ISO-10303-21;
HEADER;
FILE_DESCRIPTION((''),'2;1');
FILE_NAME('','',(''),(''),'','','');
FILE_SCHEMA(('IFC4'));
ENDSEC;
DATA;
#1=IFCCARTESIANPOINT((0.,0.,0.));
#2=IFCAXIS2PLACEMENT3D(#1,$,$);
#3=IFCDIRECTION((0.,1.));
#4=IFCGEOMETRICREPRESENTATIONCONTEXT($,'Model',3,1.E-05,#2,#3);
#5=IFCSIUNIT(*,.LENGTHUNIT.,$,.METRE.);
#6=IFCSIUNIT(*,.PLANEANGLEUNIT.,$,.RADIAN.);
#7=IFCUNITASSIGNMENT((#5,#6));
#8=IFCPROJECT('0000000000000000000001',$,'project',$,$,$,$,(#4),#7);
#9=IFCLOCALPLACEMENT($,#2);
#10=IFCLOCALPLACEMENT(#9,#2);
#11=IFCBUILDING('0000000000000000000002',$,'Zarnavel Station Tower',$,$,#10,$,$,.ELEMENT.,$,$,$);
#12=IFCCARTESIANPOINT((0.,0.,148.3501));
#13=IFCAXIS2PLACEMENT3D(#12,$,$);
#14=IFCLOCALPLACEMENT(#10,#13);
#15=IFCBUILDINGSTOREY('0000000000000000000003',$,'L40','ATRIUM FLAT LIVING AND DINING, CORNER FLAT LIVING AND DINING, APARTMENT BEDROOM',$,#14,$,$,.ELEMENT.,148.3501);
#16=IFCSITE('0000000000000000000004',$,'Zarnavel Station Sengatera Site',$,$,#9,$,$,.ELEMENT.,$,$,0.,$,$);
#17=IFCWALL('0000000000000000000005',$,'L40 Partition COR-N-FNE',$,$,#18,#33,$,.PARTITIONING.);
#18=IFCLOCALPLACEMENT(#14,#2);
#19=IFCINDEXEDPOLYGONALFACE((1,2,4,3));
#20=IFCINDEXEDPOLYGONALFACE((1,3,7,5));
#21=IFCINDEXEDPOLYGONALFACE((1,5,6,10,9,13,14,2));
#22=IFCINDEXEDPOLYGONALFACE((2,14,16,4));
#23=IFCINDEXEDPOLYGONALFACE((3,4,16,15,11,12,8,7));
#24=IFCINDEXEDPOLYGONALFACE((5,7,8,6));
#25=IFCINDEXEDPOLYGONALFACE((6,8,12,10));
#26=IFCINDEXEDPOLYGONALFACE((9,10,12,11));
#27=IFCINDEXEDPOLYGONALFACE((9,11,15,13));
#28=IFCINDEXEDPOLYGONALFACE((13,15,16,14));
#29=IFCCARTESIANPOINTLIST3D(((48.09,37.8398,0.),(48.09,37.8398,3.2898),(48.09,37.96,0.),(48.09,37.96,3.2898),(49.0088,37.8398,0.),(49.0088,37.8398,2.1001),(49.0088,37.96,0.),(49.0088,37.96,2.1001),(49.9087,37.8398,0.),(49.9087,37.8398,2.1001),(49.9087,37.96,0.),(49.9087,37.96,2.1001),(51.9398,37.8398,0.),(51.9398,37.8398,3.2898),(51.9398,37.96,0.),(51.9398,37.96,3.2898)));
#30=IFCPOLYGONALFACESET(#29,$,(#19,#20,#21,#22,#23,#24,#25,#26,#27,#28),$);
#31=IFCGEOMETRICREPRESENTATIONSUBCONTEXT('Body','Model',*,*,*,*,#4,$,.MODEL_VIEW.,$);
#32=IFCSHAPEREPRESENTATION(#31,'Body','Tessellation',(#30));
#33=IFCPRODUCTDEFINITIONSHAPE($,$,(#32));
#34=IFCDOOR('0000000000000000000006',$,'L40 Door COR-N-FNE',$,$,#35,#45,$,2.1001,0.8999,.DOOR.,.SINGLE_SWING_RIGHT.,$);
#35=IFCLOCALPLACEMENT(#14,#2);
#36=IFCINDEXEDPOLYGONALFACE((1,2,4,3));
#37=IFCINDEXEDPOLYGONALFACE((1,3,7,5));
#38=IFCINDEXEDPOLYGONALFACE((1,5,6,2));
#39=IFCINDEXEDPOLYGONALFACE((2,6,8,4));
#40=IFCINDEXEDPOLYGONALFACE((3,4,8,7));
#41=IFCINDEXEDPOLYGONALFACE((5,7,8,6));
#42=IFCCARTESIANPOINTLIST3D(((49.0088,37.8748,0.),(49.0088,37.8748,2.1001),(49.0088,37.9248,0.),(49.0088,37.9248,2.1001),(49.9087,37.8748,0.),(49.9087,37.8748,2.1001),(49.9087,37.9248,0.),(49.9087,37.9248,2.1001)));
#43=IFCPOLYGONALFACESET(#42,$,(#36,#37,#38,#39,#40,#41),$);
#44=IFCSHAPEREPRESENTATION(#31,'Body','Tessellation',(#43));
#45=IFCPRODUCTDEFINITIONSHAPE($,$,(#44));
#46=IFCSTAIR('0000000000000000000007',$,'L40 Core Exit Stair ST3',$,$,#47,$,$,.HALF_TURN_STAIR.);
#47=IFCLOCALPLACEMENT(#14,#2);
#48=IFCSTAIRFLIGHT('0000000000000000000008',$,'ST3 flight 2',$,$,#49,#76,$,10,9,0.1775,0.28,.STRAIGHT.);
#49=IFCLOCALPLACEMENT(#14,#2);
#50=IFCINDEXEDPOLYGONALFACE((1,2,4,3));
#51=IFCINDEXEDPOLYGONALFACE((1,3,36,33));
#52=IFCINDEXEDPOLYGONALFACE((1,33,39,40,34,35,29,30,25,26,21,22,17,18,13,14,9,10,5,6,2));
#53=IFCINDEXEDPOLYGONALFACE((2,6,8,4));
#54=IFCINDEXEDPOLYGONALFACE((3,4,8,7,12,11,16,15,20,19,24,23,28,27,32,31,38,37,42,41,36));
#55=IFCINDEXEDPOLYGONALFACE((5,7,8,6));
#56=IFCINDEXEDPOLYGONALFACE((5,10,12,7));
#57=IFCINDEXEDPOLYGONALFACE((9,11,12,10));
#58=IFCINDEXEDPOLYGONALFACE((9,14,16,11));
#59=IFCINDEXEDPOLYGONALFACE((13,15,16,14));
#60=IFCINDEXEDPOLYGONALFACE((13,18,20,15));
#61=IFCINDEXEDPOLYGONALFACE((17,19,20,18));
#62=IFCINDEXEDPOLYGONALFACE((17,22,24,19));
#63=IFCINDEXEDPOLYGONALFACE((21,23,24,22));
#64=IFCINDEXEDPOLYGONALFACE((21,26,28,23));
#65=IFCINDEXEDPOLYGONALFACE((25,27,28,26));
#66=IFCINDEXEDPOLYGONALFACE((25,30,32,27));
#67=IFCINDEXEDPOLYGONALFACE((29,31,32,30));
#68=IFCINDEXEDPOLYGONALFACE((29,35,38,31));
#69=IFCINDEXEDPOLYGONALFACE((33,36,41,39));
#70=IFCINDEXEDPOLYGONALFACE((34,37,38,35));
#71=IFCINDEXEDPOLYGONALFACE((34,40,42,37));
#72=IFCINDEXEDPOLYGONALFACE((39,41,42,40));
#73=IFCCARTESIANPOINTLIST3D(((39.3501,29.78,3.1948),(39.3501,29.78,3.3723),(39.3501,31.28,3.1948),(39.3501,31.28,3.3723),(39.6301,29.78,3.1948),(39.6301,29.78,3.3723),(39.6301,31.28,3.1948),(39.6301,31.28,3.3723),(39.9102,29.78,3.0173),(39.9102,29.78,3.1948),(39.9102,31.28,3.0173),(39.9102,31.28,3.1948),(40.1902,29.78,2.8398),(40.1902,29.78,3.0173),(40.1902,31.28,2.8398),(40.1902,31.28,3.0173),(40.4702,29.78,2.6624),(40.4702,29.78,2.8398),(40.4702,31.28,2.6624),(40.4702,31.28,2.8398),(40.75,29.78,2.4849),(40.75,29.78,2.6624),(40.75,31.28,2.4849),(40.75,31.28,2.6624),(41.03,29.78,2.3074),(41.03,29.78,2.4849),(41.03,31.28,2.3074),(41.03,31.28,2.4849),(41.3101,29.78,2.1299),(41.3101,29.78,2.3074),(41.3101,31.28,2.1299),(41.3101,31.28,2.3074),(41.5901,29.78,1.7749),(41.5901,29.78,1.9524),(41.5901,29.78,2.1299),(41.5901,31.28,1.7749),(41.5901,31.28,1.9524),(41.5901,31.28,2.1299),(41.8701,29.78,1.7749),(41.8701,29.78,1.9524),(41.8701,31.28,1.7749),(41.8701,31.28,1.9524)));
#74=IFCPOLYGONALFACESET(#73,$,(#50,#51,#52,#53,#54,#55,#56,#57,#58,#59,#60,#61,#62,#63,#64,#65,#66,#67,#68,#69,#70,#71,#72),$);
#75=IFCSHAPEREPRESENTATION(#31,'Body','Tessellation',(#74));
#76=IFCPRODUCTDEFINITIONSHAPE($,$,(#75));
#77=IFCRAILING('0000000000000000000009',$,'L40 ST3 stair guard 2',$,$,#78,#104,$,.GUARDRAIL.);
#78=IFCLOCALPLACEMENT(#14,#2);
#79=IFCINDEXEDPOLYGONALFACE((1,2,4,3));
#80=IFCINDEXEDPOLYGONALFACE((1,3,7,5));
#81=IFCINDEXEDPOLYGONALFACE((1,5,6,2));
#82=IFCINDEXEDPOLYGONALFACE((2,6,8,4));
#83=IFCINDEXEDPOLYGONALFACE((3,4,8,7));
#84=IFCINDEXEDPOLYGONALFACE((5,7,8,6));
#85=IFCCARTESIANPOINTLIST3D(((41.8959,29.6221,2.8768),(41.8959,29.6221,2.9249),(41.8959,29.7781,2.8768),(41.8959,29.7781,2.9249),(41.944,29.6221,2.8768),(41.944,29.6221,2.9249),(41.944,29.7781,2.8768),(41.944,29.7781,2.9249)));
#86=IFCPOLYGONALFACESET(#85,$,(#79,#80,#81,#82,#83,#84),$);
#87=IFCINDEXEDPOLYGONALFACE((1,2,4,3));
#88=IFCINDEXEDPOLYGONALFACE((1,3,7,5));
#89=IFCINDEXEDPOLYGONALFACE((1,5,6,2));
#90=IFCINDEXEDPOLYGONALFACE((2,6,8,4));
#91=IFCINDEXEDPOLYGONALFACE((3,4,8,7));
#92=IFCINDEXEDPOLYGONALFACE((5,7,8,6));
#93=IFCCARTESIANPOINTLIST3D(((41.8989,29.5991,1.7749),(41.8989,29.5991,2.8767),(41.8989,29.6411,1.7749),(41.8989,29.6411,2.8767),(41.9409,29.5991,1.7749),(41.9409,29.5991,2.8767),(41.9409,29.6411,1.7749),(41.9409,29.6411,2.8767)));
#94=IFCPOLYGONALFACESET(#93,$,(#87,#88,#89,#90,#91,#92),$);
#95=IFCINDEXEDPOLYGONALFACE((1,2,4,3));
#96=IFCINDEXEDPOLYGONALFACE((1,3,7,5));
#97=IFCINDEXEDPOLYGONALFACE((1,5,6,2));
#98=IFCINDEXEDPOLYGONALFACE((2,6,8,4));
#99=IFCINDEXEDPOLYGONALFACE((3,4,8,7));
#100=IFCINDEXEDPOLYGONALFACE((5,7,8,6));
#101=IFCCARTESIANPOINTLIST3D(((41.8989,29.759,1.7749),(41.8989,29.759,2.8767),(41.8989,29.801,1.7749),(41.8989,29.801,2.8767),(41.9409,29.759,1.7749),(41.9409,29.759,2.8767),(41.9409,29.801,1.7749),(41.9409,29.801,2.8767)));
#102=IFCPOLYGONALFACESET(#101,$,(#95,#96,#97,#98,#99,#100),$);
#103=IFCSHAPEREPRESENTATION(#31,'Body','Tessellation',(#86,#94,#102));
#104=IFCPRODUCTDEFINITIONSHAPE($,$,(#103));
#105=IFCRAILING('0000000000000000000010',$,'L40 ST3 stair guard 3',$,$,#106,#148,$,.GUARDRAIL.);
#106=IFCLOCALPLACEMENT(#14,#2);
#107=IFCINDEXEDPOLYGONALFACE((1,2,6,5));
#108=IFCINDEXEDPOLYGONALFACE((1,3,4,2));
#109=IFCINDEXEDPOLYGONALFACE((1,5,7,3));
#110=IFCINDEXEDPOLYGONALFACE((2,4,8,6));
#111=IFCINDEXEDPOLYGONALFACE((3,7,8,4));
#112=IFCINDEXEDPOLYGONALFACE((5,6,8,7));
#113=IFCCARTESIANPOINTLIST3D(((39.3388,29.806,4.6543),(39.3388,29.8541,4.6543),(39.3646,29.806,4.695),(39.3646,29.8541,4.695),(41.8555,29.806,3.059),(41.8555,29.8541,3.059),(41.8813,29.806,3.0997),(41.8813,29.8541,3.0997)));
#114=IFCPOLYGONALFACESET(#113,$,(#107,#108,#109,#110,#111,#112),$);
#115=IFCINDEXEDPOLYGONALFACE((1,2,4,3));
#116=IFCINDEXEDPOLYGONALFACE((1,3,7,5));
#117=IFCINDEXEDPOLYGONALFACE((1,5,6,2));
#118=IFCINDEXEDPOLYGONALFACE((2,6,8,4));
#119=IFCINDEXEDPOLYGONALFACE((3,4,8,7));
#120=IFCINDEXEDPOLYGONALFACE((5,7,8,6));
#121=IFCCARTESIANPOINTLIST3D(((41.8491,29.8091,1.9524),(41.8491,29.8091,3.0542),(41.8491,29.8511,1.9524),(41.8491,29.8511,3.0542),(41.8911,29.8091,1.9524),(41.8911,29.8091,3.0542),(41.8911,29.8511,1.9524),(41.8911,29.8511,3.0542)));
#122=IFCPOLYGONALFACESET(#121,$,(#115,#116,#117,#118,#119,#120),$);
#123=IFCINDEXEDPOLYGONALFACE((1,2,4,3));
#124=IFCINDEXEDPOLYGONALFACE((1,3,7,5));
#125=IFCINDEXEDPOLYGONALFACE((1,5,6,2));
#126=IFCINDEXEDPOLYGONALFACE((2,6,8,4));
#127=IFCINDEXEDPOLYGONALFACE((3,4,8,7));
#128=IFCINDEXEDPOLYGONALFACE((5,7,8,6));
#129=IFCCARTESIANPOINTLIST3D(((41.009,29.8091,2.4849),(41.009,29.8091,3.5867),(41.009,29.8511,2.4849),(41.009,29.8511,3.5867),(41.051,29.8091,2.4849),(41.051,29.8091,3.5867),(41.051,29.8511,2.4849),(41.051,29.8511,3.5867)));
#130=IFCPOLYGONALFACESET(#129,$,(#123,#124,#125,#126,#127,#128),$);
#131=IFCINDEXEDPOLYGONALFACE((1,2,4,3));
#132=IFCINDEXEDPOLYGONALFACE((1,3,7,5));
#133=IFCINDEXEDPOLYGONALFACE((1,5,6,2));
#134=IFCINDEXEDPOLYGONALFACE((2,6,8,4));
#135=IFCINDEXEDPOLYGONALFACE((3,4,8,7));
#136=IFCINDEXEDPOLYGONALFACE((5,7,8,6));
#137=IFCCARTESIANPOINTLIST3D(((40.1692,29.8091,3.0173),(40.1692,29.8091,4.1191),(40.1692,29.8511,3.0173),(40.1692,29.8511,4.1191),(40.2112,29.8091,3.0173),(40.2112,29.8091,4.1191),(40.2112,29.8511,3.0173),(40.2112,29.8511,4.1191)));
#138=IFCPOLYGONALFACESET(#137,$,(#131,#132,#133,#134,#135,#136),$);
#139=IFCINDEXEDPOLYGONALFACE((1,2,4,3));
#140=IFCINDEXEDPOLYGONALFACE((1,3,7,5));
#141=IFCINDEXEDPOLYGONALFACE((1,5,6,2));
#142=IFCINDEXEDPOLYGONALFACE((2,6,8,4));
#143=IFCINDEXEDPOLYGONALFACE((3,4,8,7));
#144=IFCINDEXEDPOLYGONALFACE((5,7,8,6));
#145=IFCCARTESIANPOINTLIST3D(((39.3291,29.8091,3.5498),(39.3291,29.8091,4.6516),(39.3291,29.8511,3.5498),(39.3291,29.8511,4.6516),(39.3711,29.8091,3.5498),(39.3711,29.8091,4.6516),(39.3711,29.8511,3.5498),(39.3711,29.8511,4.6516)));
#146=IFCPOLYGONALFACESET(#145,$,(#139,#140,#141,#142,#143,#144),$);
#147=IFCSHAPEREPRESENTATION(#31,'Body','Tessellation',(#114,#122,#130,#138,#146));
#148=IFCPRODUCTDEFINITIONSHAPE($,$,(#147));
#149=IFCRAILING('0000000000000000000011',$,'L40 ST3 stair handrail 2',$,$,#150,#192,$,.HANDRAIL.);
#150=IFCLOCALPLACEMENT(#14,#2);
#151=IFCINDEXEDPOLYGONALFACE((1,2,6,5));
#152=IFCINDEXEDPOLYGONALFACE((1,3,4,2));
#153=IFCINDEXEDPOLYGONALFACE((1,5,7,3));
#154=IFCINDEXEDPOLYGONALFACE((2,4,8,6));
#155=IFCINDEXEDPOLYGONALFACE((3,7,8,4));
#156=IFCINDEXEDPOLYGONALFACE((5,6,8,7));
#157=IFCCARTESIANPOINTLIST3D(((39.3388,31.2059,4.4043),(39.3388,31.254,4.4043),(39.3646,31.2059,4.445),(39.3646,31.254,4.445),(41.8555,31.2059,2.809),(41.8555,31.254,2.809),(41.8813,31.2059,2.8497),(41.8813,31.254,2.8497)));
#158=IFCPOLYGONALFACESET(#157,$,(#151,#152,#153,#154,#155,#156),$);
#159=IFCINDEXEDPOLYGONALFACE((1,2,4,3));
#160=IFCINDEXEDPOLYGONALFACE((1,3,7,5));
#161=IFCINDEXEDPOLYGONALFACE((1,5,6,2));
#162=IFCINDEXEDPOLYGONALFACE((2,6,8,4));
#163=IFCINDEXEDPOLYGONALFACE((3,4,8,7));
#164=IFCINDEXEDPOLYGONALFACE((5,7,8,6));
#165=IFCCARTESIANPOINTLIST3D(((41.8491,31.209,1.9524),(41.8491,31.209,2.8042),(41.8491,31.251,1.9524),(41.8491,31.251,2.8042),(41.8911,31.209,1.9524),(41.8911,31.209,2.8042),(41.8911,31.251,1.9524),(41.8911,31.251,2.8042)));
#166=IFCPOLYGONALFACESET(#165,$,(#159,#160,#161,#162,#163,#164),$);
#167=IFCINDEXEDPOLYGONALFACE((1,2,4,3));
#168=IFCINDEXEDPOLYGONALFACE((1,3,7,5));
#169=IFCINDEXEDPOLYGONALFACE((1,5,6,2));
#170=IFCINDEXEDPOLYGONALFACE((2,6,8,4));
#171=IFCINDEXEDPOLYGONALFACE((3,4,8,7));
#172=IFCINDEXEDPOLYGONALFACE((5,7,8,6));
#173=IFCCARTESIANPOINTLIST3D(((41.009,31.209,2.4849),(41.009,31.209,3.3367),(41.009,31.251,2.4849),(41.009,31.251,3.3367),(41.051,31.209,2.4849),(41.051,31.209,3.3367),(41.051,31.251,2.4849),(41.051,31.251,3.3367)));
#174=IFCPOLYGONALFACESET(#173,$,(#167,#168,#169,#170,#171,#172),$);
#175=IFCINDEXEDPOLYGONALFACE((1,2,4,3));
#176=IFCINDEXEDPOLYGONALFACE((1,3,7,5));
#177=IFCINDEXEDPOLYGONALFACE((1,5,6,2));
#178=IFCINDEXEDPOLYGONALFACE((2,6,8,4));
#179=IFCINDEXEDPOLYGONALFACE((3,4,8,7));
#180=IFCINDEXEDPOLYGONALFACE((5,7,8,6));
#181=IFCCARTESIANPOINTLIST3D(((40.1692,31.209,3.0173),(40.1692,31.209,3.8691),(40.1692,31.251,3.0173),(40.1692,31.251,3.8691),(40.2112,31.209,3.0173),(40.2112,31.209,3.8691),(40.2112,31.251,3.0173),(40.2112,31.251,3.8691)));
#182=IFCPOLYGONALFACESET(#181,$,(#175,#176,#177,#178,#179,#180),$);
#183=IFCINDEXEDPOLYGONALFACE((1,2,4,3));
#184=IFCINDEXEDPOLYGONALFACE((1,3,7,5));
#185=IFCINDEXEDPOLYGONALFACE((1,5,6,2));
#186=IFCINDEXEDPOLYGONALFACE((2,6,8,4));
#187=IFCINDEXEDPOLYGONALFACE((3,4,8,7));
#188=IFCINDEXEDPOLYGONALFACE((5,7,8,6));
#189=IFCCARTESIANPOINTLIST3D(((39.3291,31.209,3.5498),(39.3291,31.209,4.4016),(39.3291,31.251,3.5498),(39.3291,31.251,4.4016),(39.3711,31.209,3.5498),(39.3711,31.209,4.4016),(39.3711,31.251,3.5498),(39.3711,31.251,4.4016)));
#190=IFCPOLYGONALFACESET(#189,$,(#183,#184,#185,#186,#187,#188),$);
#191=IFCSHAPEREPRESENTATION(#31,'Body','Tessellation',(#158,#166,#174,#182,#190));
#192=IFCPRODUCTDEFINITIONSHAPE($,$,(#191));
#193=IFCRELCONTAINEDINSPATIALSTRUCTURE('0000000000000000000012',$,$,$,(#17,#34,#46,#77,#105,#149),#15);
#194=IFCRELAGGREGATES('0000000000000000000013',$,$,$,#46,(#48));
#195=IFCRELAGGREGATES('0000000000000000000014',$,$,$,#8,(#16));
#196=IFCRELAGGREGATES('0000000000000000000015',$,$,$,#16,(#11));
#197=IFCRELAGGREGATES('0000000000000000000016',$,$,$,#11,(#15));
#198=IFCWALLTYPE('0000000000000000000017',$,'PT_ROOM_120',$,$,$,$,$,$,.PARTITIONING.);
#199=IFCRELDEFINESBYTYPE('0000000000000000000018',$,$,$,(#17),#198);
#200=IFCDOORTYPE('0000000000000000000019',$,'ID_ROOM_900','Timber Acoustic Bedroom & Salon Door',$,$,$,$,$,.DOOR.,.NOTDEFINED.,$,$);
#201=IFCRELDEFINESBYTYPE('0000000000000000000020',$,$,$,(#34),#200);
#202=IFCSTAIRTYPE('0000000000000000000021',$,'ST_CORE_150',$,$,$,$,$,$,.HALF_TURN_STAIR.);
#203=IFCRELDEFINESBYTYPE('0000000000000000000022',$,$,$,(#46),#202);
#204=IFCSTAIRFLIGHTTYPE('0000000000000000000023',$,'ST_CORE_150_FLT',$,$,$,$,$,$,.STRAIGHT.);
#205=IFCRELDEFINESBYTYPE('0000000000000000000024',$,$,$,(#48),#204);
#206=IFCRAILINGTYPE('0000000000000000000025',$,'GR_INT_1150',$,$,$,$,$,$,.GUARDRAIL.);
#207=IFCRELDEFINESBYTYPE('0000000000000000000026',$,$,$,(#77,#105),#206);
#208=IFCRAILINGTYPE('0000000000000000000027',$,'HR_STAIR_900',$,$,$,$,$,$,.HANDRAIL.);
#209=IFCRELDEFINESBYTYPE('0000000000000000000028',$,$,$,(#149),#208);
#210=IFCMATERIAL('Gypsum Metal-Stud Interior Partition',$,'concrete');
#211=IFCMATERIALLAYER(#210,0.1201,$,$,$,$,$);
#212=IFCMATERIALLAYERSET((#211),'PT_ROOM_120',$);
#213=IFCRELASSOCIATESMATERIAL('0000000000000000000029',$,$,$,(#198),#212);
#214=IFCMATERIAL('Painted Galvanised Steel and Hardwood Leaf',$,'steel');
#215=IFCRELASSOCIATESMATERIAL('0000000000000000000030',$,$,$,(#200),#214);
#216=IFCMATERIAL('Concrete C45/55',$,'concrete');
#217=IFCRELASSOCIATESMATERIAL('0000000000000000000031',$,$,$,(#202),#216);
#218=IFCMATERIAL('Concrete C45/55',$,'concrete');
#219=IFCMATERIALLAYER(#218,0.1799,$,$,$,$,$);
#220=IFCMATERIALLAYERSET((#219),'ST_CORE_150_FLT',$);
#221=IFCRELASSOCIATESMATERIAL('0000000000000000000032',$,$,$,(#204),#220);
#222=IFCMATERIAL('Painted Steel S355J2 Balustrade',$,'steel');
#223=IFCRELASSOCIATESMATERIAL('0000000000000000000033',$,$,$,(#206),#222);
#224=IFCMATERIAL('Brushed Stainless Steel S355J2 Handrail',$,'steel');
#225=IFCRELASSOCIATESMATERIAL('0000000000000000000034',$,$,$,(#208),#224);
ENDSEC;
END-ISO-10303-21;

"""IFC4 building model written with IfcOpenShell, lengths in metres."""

from ifc_helpers import new_model, si_unit, direction, frame, frame_2d, origin, origin_2d, place, context, subcontext, project, spatial, polyline, rectangle, outline, extrude, material, layer, layer_set, type_object, element, fill, aggregate, save


model = new_model("IFC4")

# Units and contexts
model_context = context("Model", 3, precision=1e-05, world=origin(), true_north=direction((0.0, 1.0)))
body_context = subcontext(model_context, "Body", "Model", "MODEL_VIEW")
ifc_project = project(units=[si_unit("LENGTHUNIT", "METRE"), si_unit("PLANEANGLEUNIT", "RADIAN")], contexts=[model_context])

# Site, building, storey
site_placement = place(None, origin())
site = spatial("IfcSite", under=ifc_project, at=site_placement, Name="Zarnavel Station Sengatera Site", CompositionType="ELEMENT", RefElevation=0.0)
building_placement = place(site_placement, origin())
building = spatial("IfcBuilding", under=site, at=building_placement, Name="Zarnavel Station Tower", CompositionType="ELEMENT")
storey_placement = place(building_placement, frame((0.0, 0.0, 148.3501)))
storey = spatial("IfcBuildingStorey", under=building, at=storey_placement, Name="L40", Description="ATRIUM FLAT LIVING AND DINING, CORNER FLAT LIVING AND DINING, APARTMENT BEDROOM", CompositionType="ELEMENT", Elevation=148.3501)

# Wall, opening, door
ifc_material_1 = material(Name="Gypsum Metal-Stud Interior Partition", Category="concrete")
ifc_layer_1 = layer(ifc_material_1, 0.1201)
ifc_layer_set_1 = layer_set([ifc_layer_1], Name="PT_ROOM_120")
wall_type_1 = type_object("IfcWallType", Name="PT_ROOM_120", PredefinedType="PARTITIONING", material=ifc_layer_set_1)
wall_1_placement = place(storey_placement, frame((48.0901, 37.8999, 0.0), z_axis=(0.0, 0.0, 1.0), x_axis=(1.0, 0.0, 0.0)))
wall_1 = element("IfcWall", 1, at=wall_1_placement, inside=storey, type_object=wall_type_1, Name="L40 Partition COR-N-FNE", PredefinedType="PARTITIONING", context=body_context, shape_type="SweptSolid", body=[
    extrude(rectangle(XDim=3.8499, YDim=0.1201, at=frame_2d((1.9248, 0.0))), origin(), (0.0, 0.0, 1.0), 3.2898),
])
opening_1_placement = place(wall_1_placement, frame((0.9187, 0.0, 0.0)))
opening_1 = element("IfcOpeningElement", 2, at=opening_1_placement, cuts=wall_1, PredefinedType="OPENING", context=body_context, shape_type="SweptSolid", body=[
    extrude(rectangle(XDim=0.8999, YDim=2.1001, at=frame_2d((0.45, 1.05))), frame((0.0, 0.0701, 0.0), z_axis=(0.0, -1.0, 0.0), x_axis=(1.0, 0.0, 0.0)), (0.0, 0.0, 1.0), 0.1401),
])
ifc_material_2 = material(Name="Painted Galvanised Steel and Hardwood Leaf", Category="steel")
door_type_1 = type_object("IfcDoorType", Name="ID_ROOM_900", Description="Timber Acoustic Bedroom & Salon Door", OperationType="NOTDEFINED", PredefinedType="DOOR", material=ifc_material_2)
door_1_placement = place(opening_1_placement, origin())
door_1 = element("IfcDoor", 3, at=door_1_placement, inside=storey, type_object=door_type_1, Name="L40 Door COR-N-FNE", OperationType="SINGLE_SWING_RIGHT", OverallHeight=2.1001, OverallWidth=0.8999, PredefinedType="DOOR", context=body_context, shape_type="SweptSolid", body=[
    extrude(rectangle(XDim=0.8999, YDim=2.1001, at=frame_2d((0.45, 1.05))), frame((0.0, 0.0249, 0.0), z_axis=(0.0, -1.0, 0.0), x_axis=(1.0, 0.0, 0.0)), (0.0, 0.0, 1.0), 0.05),
])
fill(opening_1, door_1)

# Stair, stair flight
ifc_material_3 = material(Name="Concrete C45/55", Category="concrete")
stair_type = type_object("IfcStairType", Name="ST_CORE_150", PredefinedType="HALF_TURN_STAIR", material=ifc_material_3)
stair_placement = place(storey_placement, origin())
stair = element("IfcStair", 4, at=stair_placement, inside=storey, type_object=stair_type, Name="L40 Core Exit Stair ST3", PredefinedType="HALF_TURN_STAIR")
ifc_material_4 = material(Name="Concrete C45/55", Category="concrete")
ifc_layer_2 = layer(ifc_material_4, 0.1799)
ifc_layer_set_2 = layer_set([ifc_layer_2], Name="ST_CORE_150_FLT")
stair_flight_type = type_object("IfcStairFlightType", Name="ST_CORE_150_FLT", PredefinedType="STRAIGHT", material=ifc_layer_set_2)
stair_flight_placement = place(storey_placement, frame((41.8701, 30.53, 1.7749), z_axis=(0.0, 0.0, 1.0), x_axis=(-1.0, 0.0, 0.0)))
stair_flight = element("IfcStairFlight", 5, at=stair_flight_placement, type_object=stair_flight_type, Name="ST3 flight 2", NumberOfRisers=10, NumberOfTreads=9, PredefinedType="STRAIGHT", RiserHeight=0.1775, TreadLength=0.28, context=body_context, shape_type="SweptSolid", body=[
    extrude(outline(polyline([(0.0, 0.0), (0.0, 0.1775), (0.28, 0.1775), (0.28, 0.355), (0.5601, 0.355), (0.5601, 0.5325), (0.8401, 0.5325), (0.8401, 0.71), (1.1201, 0.71), (1.1201, 0.8875), (1.3999, 0.8875), (1.3999, 1.0649), (1.6799, 1.0649), (1.6799, 1.2424), (1.96, 1.2424), (1.96, 1.4199), (2.24, 1.4199), (2.24, 1.5974), (2.52, 1.5974), (2.52, 1.7749), (2.52, 1.4199), (0.28, 0.0), (0.0, 0.0)])), frame((0.0, 0.75, 0.0), z_axis=(0.0, -1.0, 0.0), x_axis=(1.0, 0.0, 0.0)), (0.0, 0.0, 1.0), 1.5),
])
aggregate(stair, [stair_flight])

# Railings
ifc_material_5 = material(Name="Painted Steel S355J2 Balustrade", Category="steel")
railing_type_1 = type_object("IfcRailingType", Name="GR_INT_1150", PredefinedType="GUARDRAIL", material=ifc_material_5)
railing_1_placement = place(storey_placement, frame((41.9199, 29.6201, 1.7749)))
element("IfcRailing", 6, at=railing_1_placement, inside=storey, type_object=railing_type_1, Name="L40 ST3 stair guard 2", PredefinedType="GUARDRAIL", context=body_context, shape_type="SweptSolid", body=[
    extrude(rectangle(XDim=0.0481, YDim=0.0481, at=origin_2d()), frame((0.0, 0.002, 1.126), z_axis=(0.0, 1.0, 0.0), x_axis=(-1.0, 0.0, 0.0)), (0.0, 0.0, 1.0), 0.156),
    extrude(rectangle(XDim=0.042, YDim=0.042, at=origin_2d()), origin(), (0.0, 0.0, 1.0), 1.1018),
    extrude(rectangle(XDim=0.042, YDim=0.042, at=origin_2d()), frame((0.0, 0.1599, 0.0)), (0.0, 0.0, 1.0), 1.1018),
])
railing_2_placement = place(storey_placement, frame((41.8701, 29.8301, 1.9524)))
element("IfcRailing", 7, at=railing_2_placement, inside=storey, type_object=railing_type_1, Name="L40 ST3 stair guard 3", PredefinedType="GUARDRAIL", context=body_context, shape_type="SweptSolid", body=[
    extrude(rectangle(XDim=0.0481, YDim=0.0481, at=origin_2d()), frame((-0.0017, 0.0, 1.127), z_axis=(-0.844607, 0.0, 0.535387), x_axis=(0.0, -1.0, 0.0)), (0.0, 0.0, 1.0), 2.9797),
    extrude(rectangle(XDim=0.042, YDim=0.042, at=origin_2d()), origin(), (0.0, 0.0, 1.0), 1.1018),
    extrude(rectangle(XDim=0.042, YDim=0.042, at=origin_2d()), frame((-0.8401, 0.0, 0.5325)), (0.0, 0.0, 1.0), 1.1018),
    extrude(rectangle(XDim=0.042, YDim=0.042, at=origin_2d()), frame((-1.6799, 0.0, 1.0649)), (0.0, 0.0, 1.0), 1.1018),
    extrude(rectangle(XDim=0.042, YDim=0.042, at=origin_2d()), frame((-2.52, 0.0, 1.5974)), (0.0, 0.0, 1.0), 1.1018),
])
ifc_material_6 = material(Name="Brushed Stainless Steel S355J2 Handrail", Category="steel")
railing_type_2 = type_object("IfcRailingType", Name="HR_STAIR_900", PredefinedType="HANDRAIL", material=ifc_material_6)
railing_3_placement = place(storey_placement, frame((41.8701, 31.23, 1.9524)))
element("IfcRailing", 8, at=railing_3_placement, inside=storey, type_object=railing_type_2, Name="L40 ST3 stair handrail 2", PredefinedType="HANDRAIL", context=body_context, shape_type="SweptSolid", body=[
    extrude(rectangle(XDim=0.0481, YDim=0.0481, at=origin_2d()), frame((-0.0017, 0.0, 0.877), z_axis=(-0.844607, 0.0, 0.535387), x_axis=(0.0, -1.0, 0.0)), (0.0, 0.0, 1.0), 2.9797),
    extrude(rectangle(XDim=0.042, YDim=0.042, at=origin_2d()), origin(), (0.0, 0.0, 1.0), 0.8518),
    extrude(rectangle(XDim=0.042, YDim=0.042, at=origin_2d()), frame((-0.8401, 0.0, 0.5325)), (0.0, 0.0, 1.0), 0.8518),
    extrude(rectangle(XDim=0.042, YDim=0.042, at=origin_2d()), frame((-1.6799, 0.0, 1.0649)), (0.0, 0.0, 1.0), 0.8518),
    extrude(rectangle(XDim=0.042, YDim=0.042, at=origin_2d()), frame((-2.52, 0.0, 1.5974)), (0.0, 0.0, 1.0), 0.8518),
])

save(model, "model.ifc")
